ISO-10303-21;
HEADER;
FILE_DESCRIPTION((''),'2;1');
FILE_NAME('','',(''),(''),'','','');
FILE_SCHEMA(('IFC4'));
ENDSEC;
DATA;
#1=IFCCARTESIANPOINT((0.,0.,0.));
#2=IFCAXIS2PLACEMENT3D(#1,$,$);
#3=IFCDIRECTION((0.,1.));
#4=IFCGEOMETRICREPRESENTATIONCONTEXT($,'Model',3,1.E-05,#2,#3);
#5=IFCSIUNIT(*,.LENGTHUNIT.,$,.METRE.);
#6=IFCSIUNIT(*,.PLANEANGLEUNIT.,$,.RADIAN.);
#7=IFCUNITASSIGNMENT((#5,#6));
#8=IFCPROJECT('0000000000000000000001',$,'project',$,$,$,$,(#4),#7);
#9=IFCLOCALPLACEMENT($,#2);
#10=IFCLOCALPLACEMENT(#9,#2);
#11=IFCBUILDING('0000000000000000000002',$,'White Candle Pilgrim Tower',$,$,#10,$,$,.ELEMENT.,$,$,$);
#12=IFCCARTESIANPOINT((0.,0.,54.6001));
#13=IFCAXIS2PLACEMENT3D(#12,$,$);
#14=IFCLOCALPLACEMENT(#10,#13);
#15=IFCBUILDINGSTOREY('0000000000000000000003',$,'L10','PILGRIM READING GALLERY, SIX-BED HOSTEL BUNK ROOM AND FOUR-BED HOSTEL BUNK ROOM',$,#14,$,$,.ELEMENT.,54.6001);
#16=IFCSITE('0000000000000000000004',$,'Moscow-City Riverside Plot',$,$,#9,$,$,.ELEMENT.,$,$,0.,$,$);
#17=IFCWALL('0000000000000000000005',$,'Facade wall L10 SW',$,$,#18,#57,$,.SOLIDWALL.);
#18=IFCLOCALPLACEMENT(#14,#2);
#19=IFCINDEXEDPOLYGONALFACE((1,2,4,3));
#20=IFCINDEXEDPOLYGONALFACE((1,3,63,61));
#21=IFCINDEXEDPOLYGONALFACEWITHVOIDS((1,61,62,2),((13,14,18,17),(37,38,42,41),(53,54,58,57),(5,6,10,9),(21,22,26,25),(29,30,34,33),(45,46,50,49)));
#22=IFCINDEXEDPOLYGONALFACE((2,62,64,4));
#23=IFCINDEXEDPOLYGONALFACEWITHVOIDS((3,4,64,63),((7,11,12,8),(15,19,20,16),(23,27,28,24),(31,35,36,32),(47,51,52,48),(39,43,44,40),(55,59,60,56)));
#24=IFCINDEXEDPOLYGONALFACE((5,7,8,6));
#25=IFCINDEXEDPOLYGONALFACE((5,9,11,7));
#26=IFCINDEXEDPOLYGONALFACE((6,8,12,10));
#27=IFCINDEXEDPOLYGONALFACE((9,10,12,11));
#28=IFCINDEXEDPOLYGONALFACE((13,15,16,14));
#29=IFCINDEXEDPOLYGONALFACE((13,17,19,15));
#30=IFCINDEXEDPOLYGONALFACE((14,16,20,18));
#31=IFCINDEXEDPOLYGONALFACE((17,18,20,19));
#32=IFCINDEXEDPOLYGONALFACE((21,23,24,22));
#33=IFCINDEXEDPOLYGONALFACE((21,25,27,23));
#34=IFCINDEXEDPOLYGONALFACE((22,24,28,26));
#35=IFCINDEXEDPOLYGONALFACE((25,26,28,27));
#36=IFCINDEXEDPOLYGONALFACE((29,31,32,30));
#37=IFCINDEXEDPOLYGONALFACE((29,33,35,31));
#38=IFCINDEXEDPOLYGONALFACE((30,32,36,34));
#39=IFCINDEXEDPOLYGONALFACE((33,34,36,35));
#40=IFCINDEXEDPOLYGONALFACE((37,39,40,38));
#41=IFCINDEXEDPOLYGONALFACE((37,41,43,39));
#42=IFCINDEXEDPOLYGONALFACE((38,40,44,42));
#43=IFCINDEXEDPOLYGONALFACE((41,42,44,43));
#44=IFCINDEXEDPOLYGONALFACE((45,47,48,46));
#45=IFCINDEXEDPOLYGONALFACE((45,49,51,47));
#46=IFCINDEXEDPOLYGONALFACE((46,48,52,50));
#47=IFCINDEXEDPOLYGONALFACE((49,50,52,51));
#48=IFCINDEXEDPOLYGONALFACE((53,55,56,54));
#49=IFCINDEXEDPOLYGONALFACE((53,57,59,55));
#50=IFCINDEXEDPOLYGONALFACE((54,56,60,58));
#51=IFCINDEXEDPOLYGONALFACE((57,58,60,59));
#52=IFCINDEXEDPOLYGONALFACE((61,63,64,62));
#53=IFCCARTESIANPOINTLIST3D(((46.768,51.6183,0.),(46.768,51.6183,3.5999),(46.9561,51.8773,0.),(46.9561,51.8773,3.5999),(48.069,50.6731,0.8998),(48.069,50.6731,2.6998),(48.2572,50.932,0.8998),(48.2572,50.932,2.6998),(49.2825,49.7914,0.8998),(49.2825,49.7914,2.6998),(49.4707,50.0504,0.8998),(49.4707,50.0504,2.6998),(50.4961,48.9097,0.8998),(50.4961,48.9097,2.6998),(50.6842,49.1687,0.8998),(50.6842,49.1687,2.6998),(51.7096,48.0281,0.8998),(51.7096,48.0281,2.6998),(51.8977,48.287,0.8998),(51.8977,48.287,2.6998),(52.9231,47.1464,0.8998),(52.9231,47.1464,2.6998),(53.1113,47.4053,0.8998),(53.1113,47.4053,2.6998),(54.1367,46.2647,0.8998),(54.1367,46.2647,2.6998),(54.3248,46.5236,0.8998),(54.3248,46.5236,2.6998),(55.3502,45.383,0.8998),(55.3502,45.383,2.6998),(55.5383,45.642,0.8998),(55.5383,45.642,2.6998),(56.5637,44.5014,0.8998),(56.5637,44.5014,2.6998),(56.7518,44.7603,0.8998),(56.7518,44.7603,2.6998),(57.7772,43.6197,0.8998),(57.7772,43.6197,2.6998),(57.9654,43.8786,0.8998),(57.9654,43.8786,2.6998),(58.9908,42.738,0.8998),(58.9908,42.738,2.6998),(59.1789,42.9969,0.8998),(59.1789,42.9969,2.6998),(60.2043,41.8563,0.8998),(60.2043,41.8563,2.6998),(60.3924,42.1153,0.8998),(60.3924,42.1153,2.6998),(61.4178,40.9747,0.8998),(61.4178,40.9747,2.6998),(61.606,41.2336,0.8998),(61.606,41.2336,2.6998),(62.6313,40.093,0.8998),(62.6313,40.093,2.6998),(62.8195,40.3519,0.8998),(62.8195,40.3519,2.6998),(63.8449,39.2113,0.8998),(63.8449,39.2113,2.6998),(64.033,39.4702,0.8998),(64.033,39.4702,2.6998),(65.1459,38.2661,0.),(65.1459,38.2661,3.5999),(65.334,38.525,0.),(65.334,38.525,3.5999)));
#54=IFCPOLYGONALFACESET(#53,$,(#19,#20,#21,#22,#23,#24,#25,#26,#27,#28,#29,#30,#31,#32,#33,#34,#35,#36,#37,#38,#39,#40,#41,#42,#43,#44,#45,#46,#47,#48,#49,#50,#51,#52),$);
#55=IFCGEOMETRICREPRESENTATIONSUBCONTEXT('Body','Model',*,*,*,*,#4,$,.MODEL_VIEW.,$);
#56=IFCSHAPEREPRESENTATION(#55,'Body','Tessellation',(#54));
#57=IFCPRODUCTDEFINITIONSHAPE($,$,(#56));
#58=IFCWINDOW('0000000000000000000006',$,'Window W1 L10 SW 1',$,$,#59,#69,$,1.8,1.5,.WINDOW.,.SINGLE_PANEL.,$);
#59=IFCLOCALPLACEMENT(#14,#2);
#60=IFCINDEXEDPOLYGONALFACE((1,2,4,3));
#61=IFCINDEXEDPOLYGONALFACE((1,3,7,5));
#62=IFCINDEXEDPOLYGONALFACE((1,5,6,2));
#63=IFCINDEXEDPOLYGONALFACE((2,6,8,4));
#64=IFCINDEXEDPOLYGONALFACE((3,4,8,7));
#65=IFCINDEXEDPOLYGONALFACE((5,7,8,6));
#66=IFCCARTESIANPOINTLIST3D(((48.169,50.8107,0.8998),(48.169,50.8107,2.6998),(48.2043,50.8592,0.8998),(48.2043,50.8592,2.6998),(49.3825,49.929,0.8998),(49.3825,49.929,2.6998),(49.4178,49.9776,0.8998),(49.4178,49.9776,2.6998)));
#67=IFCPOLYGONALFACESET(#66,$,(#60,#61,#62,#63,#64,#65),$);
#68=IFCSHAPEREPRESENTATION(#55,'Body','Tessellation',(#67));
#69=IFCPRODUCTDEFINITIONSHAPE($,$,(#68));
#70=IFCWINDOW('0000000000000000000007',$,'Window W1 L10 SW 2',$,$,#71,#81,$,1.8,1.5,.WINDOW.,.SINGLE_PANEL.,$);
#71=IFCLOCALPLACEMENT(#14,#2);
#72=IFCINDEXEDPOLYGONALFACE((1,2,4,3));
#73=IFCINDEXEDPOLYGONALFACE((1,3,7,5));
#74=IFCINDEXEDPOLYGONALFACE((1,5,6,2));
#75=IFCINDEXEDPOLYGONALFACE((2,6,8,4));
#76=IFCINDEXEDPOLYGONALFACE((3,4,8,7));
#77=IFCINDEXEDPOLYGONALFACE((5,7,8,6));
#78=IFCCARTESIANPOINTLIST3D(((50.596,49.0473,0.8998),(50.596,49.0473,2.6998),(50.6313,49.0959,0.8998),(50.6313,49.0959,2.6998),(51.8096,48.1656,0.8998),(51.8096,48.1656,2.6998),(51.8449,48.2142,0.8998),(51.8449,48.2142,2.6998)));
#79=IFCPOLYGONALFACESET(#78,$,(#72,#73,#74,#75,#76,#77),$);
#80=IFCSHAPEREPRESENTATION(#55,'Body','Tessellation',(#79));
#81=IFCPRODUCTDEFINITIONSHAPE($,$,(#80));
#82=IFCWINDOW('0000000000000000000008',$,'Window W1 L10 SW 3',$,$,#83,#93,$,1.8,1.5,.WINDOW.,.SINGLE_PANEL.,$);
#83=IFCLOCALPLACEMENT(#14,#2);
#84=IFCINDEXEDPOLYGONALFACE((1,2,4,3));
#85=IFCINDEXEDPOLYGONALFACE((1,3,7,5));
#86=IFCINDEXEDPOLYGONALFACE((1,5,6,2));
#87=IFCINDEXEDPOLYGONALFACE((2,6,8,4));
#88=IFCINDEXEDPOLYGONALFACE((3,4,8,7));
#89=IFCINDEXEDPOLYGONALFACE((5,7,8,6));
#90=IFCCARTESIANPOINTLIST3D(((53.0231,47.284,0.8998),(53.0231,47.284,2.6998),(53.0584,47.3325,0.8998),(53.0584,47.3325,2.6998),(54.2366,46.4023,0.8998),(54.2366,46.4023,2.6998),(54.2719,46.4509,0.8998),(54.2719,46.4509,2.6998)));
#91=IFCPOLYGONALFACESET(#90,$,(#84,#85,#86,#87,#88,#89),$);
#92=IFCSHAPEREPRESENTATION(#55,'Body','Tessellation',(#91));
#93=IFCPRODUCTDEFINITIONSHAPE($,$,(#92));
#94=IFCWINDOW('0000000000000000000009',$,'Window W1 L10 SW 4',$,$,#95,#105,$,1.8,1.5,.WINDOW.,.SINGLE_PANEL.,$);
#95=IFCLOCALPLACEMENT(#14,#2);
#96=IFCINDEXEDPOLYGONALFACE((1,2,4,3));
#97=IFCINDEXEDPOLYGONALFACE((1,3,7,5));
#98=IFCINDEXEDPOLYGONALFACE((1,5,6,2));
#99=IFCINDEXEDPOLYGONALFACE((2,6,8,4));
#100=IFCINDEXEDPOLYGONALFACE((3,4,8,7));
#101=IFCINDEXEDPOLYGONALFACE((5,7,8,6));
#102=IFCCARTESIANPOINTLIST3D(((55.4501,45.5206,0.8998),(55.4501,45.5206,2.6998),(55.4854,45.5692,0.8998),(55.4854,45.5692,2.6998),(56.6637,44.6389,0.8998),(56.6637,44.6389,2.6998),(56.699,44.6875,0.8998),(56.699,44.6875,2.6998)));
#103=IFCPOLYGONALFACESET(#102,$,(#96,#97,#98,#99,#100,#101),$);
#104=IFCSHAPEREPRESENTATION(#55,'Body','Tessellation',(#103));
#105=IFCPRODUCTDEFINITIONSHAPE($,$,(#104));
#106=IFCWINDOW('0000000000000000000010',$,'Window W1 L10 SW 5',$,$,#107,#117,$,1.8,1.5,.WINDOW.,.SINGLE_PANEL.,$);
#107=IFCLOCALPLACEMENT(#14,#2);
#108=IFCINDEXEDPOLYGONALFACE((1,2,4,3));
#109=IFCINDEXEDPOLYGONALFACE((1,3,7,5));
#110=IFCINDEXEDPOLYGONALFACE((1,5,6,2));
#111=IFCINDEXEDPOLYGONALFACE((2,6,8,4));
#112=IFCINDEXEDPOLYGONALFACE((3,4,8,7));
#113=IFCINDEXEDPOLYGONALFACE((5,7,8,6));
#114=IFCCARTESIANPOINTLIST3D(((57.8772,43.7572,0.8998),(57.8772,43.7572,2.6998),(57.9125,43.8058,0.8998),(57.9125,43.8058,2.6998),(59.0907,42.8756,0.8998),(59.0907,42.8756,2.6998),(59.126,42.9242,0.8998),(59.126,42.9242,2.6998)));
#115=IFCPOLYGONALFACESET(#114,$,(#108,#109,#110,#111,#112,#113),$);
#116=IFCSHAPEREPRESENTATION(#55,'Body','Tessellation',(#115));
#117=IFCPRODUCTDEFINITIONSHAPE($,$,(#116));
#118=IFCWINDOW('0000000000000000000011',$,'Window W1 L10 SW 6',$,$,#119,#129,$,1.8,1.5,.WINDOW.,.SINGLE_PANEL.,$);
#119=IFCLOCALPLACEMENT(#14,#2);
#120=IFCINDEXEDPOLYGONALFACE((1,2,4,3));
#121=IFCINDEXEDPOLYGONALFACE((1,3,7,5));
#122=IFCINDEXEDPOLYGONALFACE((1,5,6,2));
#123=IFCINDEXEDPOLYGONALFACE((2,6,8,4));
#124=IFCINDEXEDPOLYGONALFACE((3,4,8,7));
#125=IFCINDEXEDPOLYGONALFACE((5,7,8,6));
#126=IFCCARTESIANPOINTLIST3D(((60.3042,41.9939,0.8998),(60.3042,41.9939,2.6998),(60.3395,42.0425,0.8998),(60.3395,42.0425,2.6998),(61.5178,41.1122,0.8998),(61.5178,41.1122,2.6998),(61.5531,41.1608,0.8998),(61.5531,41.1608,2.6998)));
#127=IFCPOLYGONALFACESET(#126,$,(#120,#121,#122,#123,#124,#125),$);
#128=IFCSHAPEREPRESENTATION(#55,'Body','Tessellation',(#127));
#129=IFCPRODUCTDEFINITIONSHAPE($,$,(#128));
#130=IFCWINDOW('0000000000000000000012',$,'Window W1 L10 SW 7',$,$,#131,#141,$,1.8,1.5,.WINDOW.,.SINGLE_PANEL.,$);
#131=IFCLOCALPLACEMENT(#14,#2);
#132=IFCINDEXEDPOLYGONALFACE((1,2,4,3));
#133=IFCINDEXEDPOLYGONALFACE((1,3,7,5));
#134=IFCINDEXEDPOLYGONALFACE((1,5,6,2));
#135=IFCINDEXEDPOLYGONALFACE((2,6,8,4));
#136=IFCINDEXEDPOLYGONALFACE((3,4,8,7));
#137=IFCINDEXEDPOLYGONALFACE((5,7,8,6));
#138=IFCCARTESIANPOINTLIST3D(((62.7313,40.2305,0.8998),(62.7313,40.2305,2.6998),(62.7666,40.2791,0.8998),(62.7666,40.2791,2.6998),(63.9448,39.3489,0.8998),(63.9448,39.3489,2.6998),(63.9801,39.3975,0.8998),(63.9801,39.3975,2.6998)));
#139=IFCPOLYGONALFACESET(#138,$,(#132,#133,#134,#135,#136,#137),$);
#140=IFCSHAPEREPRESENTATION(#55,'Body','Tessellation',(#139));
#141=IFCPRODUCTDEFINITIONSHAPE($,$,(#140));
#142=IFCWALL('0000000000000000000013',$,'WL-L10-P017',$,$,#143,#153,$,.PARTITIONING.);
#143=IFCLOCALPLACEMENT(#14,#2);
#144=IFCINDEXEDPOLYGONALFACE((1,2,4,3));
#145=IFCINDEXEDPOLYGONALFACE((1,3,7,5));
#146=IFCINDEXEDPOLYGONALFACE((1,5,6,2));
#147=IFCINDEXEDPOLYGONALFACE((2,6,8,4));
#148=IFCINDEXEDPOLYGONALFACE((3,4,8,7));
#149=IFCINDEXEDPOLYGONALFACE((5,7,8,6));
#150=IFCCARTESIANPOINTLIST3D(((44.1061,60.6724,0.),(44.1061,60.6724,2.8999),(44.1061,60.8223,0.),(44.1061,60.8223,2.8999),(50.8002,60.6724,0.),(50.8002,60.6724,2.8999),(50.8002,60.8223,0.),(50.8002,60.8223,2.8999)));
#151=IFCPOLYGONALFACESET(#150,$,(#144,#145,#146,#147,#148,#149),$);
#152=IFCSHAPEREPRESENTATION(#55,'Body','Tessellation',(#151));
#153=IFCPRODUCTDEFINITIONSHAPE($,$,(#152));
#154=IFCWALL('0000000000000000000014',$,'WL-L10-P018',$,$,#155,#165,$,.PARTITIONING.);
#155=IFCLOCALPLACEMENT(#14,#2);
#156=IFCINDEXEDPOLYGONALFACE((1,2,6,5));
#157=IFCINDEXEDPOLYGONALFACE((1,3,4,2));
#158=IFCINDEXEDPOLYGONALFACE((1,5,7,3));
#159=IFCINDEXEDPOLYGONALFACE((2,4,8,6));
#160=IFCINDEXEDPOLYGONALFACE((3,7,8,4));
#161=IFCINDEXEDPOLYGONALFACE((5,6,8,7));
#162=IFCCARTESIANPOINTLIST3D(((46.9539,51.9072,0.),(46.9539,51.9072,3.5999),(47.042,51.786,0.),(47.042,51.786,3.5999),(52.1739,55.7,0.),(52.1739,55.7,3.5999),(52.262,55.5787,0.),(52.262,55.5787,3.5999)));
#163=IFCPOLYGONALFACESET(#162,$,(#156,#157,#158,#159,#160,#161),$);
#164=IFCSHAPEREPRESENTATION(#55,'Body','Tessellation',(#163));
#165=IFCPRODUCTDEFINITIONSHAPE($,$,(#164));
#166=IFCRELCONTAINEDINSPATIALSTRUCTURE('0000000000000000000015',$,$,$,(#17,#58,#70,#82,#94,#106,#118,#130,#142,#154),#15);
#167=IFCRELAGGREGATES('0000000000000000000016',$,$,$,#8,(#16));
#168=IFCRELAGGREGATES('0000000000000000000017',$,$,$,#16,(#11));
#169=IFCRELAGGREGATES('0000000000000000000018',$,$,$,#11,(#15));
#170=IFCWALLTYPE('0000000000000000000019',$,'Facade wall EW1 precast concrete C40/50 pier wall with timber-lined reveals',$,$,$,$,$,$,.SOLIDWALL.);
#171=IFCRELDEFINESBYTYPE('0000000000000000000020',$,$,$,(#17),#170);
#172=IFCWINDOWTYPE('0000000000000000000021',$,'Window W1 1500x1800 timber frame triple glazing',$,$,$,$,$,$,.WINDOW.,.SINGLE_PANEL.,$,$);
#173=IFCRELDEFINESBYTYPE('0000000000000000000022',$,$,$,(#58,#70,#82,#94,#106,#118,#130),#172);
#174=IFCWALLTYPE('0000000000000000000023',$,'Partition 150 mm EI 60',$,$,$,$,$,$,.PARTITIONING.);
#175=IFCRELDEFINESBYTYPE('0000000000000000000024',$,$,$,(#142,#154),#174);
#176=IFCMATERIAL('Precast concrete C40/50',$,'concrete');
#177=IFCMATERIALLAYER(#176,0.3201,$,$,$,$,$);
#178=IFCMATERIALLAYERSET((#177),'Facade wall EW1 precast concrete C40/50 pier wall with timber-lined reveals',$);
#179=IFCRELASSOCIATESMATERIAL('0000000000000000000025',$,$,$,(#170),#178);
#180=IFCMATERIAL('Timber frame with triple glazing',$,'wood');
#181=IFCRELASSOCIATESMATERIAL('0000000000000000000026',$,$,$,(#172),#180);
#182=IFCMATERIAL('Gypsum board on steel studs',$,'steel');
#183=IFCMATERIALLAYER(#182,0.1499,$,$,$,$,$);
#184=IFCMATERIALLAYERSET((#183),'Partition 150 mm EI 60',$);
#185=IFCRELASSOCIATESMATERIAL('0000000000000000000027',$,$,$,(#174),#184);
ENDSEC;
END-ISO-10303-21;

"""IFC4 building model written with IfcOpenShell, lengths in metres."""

from ifc_helpers import new_model, si_unit, direction, frame, frame_2d, origin, place, context, subcontext, project, spatial, rectangle, extrude, material, layer, layer_set, type_object, element, fill, save


model = new_model("IFC4")

# Units and contexts
model_context = context("Model", 3, precision=1e-05, world=origin(), true_north=direction((0.0, 1.0)))
body_context = subcontext(model_context, "Body", "Model", "MODEL_VIEW")
ifc_project = project(units=[si_unit("LENGTHUNIT", "METRE"), si_unit("PLANEANGLEUNIT", "RADIAN")], contexts=[model_context])

# Site, building, storey
site_placement = place(None, origin())
site = spatial("IfcSite", under=ifc_project, at=site_placement, Name="Moscow-City Riverside Plot", CompositionType="ELEMENT", RefElevation=0.0)
building_placement = place(site_placement, origin())
building = spatial("IfcBuilding", under=site, at=building_placement, Name="White Candle Pilgrim Tower", CompositionType="ELEMENT")
storey_placement = place(building_placement, frame((0.0, 0.0, 54.6001)))
storey = spatial("IfcBuildingStorey", under=building, at=storey_placement, Name="L10", Description="PILGRIM READING GALLERY, SIX-BED HOSTEL BUNK ROOM AND FOUR-BED HOSTEL BUNK ROOM", CompositionType="ELEMENT", Elevation=54.6001)

# Wall, openings, windows
ifc_material_1 = material(Name="Precast concrete C40/50", Category="concrete")
ifc_layer_1 = layer(ifc_material_1, 0.3201)
ifc_layer_set_1 = layer_set([ifc_layer_1], Name="Facade wall EW1 precast concrete C40/50 pier wall with timber-lined reveals")
wall_type_1 = type_object("IfcWallType", Name="Facade wall EW1 precast concrete C40/50 pier wall with timber-lined reveals", PredefinedType="SOLIDWALL", material=ifc_layer_set_1)
ifc_material_2 = material(Name="Timber frame with triple glazing", Category="wood")
wall_1_placement = place(storey_placement, frame((46.8621, 51.7478, 0.0), z_axis=(0.0, 0.0, 1.0), x_axis=(0.809018, -0.587784, 0.0)))
wall_1 = element("IfcWall", 1, at=wall_1_placement, inside=storey, type_object=wall_type_1, Name="Facade wall L10 SW", PredefinedType="SOLIDWALL", context=body_context, shape_type="SweptSolid", body=[
    extrude(rectangle(XDim=22.7163, YDim=0.3201, at=frame_2d((11.3582, 0.0))), origin(), (0.0, 0.0, 1.0), 3.5999),
])
opening_1_placement = place(wall_1_placement, frame((1.6082, 0.0, 0.8999)))
opening_1 = element("IfcOpeningElement", 2, at=opening_1_placement, cuts=wall_1, PredefinedType="OPENING", context=body_context, shape_type="SweptSolid", body=[
    extrude(rectangle(XDim=1.5, YDim=1.8, at=frame_2d((0.75, 0.8999))), frame((0.0, 0.1699, 0.0), z_axis=(0.0, -1.0, 0.0), x_axis=(1.0, 0.0, 0.0)), (0.0, 0.0, 1.0), 0.3401),
])
opening_2_placement = place(wall_1_placement, frame((4.6082, 0.0, 0.8999)))
opening_2 = element("IfcOpeningElement", 3, at=opening_2_placement, cuts=wall_1, PredefinedType="OPENING", context=body_context, shape_type="SweptSolid", body=[
    extrude(rectangle(XDim=1.5, YDim=1.8, at=frame_2d((0.75, 0.8999))), frame((0.0, 0.1699, 0.0), z_axis=(0.0, -1.0, 0.0), x_axis=(1.0, 0.0, 0.0)), (0.0, 0.0, 1.0), 0.3401),
])
opening_3_placement = place(wall_1_placement, frame((7.6082, 0.0, 0.8999)))
opening_3 = element("IfcOpeningElement", 4, at=opening_3_placement, cuts=wall_1, PredefinedType="OPENING", context=body_context, shape_type="SweptSolid", body=[
    extrude(rectangle(XDim=1.5, YDim=1.8, at=frame_2d((0.75, 0.8999))), frame((0.0, 0.1699, 0.0), z_axis=(0.0, -1.0, 0.0), x_axis=(1.0, 0.0, 0.0)), (0.0, 0.0, 1.0), 0.3401),
])
opening_4_placement = place(wall_1_placement, frame((10.6082, 0.0, 0.8999)))
opening_4 = element("IfcOpeningElement", 5, at=opening_4_placement, cuts=wall_1, PredefinedType="OPENING", context=body_context, shape_type="SweptSolid", body=[
    extrude(rectangle(XDim=1.5, YDim=1.8, at=frame_2d((0.75, 0.8999))), frame((0.0, 0.1699, 0.0), z_axis=(0.0, -1.0, 0.0), x_axis=(1.0, 0.0, 0.0)), (0.0, 0.0, 1.0), 0.3401),
])
opening_5_placement = place(wall_1_placement, frame((13.6082, 0.0, 0.8999)))
opening_5 = element("IfcOpeningElement", 6, at=opening_5_placement, cuts=wall_1, PredefinedType="OPENING", context=body_context, shape_type="SweptSolid", body=[
    extrude(rectangle(XDim=1.5, YDim=1.8, at=frame_2d((0.75, 0.8999))), frame((0.0, 0.1699, 0.0), z_axis=(0.0, -1.0, 0.0), x_axis=(1.0, 0.0, 0.0)), (0.0, 0.0, 1.0), 0.3401),
])
opening_6_placement = place(wall_1_placement, frame((16.6082, 0.0, 0.8999)))
opening_6 = element("IfcOpeningElement", 7, at=opening_6_placement, cuts=wall_1, PredefinedType="OPENING", context=body_context, shape_type="SweptSolid", body=[
    extrude(rectangle(XDim=1.5, YDim=1.8, at=frame_2d((0.75, 0.8999))), frame((0.0, 0.1699, 0.0), z_axis=(0.0, -1.0, 0.0), x_axis=(1.0, 0.0, 0.0)), (0.0, 0.0, 1.0), 0.3401),
])
opening_7_placement = place(wall_1_placement, frame((19.6082, 0.0, 0.8999)))
opening_7 = element("IfcOpeningElement", 8, at=opening_7_placement, cuts=wall_1, PredefinedType="OPENING", context=body_context, shape_type="SweptSolid", body=[
    extrude(rectangle(XDim=1.5, YDim=1.8, at=frame_2d((0.75, 0.8999))), frame((0.0, 0.1699, 0.0), z_axis=(0.0, -1.0, 0.0), x_axis=(1.0, 0.0, 0.0)), (0.0, 0.0, 1.0), 0.3401),
])
window_type_1 = type_object("IfcWindowType", Name="Window W1 1500x1800 timber frame triple glazing", PartitioningType="SINGLE_PANEL", PredefinedType="WINDOW", material=ifc_material_2)
window_1_placement = place(opening_1_placement, origin())
window_1 = element("IfcWindow", 9, at=window_1_placement, inside=storey, type_object=window_type_1, Name="Window W1 L10 SW 1", OverallHeight=1.8, OverallWidth=1.5, PartitioningType="SINGLE_PANEL", PredefinedType="WINDOW", context=body_context, shape_type="SweptSolid", body=[
    extrude(rectangle(XDim=1.5, YDim=1.8, at=frame_2d((0.75, 0.8999))), frame((0.0, 0.0701, 0.0), z_axis=(0.0, -1.0, 0.0), x_axis=(1.0, 0.0, 0.0)), (0.0, 0.0, 1.0), 0.0601),
])
fill(opening_1, window_1)
window_2_placement = place(opening_2_placement, origin())
window_2 = element("IfcWindow", 10, at=window_2_placement, inside=storey, type_object=window_type_1, Name="Window W1 L10 SW 2", OverallHeight=1.8, OverallWidth=1.5, PartitioningType="SINGLE_PANEL", PredefinedType="WINDOW", context=body_context, shape_type="SweptSolid", body=[
    extrude(rectangle(XDim=1.5, YDim=1.8, at=frame_2d((0.75, 0.8999))), frame((0.0, 0.0701, 0.0), z_axis=(0.0, -1.0, 0.0), x_axis=(1.0, 0.0, 0.0)), (0.0, 0.0, 1.0), 0.0601),
])
fill(opening_2, window_2)
window_3_placement = place(opening_3_placement, origin())
window_3 = element("IfcWindow", 11, at=window_3_placement, inside=storey, type_object=window_type_1, Name="Window W1 L10 SW 3", OverallHeight=1.8, OverallWidth=1.5, PartitioningType="SINGLE_PANEL", PredefinedType="WINDOW", context=body_context, shape_type="SweptSolid", body=[
    extrude(rectangle(XDim=1.5, YDim=1.8, at=frame_2d((0.75, 0.8999))), frame((0.0, 0.0701, 0.0), z_axis=(0.0, -1.0, 0.0), x_axis=(1.0, 0.0, 0.0)), (0.0, 0.0, 1.0), 0.0601),
])
fill(opening_3, window_3)
window_4_placement = place(opening_4_placement, origin())
window_4 = element("IfcWindow", 12, at=window_4_placement, inside=storey, type_object=window_type_1, Name="Window W1 L10 SW 4", OverallHeight=1.8, OverallWidth=1.5, PartitioningType="SINGLE_PANEL", PredefinedType="WINDOW", context=body_context, shape_type="SweptSolid", body=[
    extrude(rectangle(XDim=1.5, YDim=1.8, at=frame_2d((0.75, 0.8999))), frame((0.0, 0.0701, 0.0), z_axis=(0.0, -1.0, 0.0), x_axis=(1.0, 0.0, 0.0)), (0.0, 0.0, 1.0), 0.0601),
])
fill(opening_4, window_4)
window_5_placement = place(opening_5_placement, origin())
window_5 = element("IfcWindow", 13, at=window_5_placement, inside=storey, type_object=window_type_1, Name="Window W1 L10 SW 5", OverallHeight=1.8, OverallWidth=1.5, PartitioningType="SINGLE_PANEL", PredefinedType="WINDOW", context=body_context, shape_type="SweptSolid", body=[
    extrude(rectangle(XDim=1.5, YDim=1.8, at=frame_2d((0.75, 0.8999))), frame((0.0, 0.0701, 0.0), z_axis=(0.0, -1.0, 0.0), x_axis=(1.0, 0.0, 0.0)), (0.0, 0.0, 1.0), 0.0601),
])
fill(opening_5, window_5)
window_6_placement = place(opening_6_placement, origin())
window_6 = element("IfcWindow", 14, at=window_6_placement, inside=storey, type_object=window_type_1, Name="Window W1 L10 SW 6", OverallHeight=1.8, OverallWidth=1.5, PartitioningType="SINGLE_PANEL", PredefinedType="WINDOW", context=body_context, shape_type="SweptSolid", body=[
    extrude(rectangle(XDim=1.5, YDim=1.8, at=frame_2d((0.75, 0.8999))), frame((0.0, 0.0701, 0.0), z_axis=(0.0, -1.0, 0.0), x_axis=(1.0, 0.0, 0.0)), (0.0, 0.0, 1.0), 0.0601),
])
fill(opening_6, window_6)
window_7_placement = place(opening_7_placement, origin())
window_7 = element("IfcWindow", 15, at=window_7_placement, inside=storey, type_object=window_type_1, Name="Window W1 L10 SW 7", OverallHeight=1.8, OverallWidth=1.5, PartitioningType="SINGLE_PANEL", PredefinedType="WINDOW", context=body_context, shape_type="SweptSolid", body=[
    extrude(rectangle(XDim=1.5, YDim=1.8, at=frame_2d((0.75, 0.8999))), frame((0.0, 0.0701, 0.0), z_axis=(0.0, -1.0, 0.0), x_axis=(1.0, 0.0, 0.0)), (0.0, 0.0, 1.0), 0.0601),
])
fill(opening_7, window_7)

# Walls
ifc_material_3 = material(Name="Gypsum board on steel studs", Category="steel")
ifc_layer_2 = layer(ifc_material_3, 0.1499)
ifc_layer_set_2 = layer_set([ifc_layer_2], Name="Partition 150 mm EI 60")
wall_type_2 = type_object("IfcWallType", Name="Partition 150 mm EI 60", PredefinedType="PARTITIONING", material=ifc_layer_set_2)
wall_2_placement = place(storey_placement, frame((44.106, 60.7473, 0.0), z_axis=(0.0, 0.0, 1.0), x_axis=(1.0, 0.0, 0.0)))
element("IfcWall", 16, at=wall_2_placement, inside=storey, type_object=wall_type_2, Name="WL-L10-P017", PredefinedType="PARTITIONING", context=body_context, shape_type="SweptSolid", body=[
    extrude(rectangle(XDim=6.6941, YDim=0.1499, at=frame_2d((3.3472, 0.0))), origin(), (0.0, 0.0, 1.0), 2.8999),
])
wall_3_placement = place(storey_placement, frame((46.998, 51.8467, 0.0), z_axis=(0.0, 0.0, 1.0), x_axis=(0.809003, 0.587805, 0.0)))
element("IfcWall", 17, at=wall_3_placement, inside=storey, type_object=wall_type_2, Name="WL-L10-P018", PredefinedType="PARTITIONING", context=body_context, shape_type="SweptSolid", body=[
    extrude(rectangle(XDim=6.4524, YDim=0.1499, at=frame_2d((3.2261, 0.0))), origin(), (0.0, 0.0, 1.0), 3.5999),
])

save(model, "model.ifc")
